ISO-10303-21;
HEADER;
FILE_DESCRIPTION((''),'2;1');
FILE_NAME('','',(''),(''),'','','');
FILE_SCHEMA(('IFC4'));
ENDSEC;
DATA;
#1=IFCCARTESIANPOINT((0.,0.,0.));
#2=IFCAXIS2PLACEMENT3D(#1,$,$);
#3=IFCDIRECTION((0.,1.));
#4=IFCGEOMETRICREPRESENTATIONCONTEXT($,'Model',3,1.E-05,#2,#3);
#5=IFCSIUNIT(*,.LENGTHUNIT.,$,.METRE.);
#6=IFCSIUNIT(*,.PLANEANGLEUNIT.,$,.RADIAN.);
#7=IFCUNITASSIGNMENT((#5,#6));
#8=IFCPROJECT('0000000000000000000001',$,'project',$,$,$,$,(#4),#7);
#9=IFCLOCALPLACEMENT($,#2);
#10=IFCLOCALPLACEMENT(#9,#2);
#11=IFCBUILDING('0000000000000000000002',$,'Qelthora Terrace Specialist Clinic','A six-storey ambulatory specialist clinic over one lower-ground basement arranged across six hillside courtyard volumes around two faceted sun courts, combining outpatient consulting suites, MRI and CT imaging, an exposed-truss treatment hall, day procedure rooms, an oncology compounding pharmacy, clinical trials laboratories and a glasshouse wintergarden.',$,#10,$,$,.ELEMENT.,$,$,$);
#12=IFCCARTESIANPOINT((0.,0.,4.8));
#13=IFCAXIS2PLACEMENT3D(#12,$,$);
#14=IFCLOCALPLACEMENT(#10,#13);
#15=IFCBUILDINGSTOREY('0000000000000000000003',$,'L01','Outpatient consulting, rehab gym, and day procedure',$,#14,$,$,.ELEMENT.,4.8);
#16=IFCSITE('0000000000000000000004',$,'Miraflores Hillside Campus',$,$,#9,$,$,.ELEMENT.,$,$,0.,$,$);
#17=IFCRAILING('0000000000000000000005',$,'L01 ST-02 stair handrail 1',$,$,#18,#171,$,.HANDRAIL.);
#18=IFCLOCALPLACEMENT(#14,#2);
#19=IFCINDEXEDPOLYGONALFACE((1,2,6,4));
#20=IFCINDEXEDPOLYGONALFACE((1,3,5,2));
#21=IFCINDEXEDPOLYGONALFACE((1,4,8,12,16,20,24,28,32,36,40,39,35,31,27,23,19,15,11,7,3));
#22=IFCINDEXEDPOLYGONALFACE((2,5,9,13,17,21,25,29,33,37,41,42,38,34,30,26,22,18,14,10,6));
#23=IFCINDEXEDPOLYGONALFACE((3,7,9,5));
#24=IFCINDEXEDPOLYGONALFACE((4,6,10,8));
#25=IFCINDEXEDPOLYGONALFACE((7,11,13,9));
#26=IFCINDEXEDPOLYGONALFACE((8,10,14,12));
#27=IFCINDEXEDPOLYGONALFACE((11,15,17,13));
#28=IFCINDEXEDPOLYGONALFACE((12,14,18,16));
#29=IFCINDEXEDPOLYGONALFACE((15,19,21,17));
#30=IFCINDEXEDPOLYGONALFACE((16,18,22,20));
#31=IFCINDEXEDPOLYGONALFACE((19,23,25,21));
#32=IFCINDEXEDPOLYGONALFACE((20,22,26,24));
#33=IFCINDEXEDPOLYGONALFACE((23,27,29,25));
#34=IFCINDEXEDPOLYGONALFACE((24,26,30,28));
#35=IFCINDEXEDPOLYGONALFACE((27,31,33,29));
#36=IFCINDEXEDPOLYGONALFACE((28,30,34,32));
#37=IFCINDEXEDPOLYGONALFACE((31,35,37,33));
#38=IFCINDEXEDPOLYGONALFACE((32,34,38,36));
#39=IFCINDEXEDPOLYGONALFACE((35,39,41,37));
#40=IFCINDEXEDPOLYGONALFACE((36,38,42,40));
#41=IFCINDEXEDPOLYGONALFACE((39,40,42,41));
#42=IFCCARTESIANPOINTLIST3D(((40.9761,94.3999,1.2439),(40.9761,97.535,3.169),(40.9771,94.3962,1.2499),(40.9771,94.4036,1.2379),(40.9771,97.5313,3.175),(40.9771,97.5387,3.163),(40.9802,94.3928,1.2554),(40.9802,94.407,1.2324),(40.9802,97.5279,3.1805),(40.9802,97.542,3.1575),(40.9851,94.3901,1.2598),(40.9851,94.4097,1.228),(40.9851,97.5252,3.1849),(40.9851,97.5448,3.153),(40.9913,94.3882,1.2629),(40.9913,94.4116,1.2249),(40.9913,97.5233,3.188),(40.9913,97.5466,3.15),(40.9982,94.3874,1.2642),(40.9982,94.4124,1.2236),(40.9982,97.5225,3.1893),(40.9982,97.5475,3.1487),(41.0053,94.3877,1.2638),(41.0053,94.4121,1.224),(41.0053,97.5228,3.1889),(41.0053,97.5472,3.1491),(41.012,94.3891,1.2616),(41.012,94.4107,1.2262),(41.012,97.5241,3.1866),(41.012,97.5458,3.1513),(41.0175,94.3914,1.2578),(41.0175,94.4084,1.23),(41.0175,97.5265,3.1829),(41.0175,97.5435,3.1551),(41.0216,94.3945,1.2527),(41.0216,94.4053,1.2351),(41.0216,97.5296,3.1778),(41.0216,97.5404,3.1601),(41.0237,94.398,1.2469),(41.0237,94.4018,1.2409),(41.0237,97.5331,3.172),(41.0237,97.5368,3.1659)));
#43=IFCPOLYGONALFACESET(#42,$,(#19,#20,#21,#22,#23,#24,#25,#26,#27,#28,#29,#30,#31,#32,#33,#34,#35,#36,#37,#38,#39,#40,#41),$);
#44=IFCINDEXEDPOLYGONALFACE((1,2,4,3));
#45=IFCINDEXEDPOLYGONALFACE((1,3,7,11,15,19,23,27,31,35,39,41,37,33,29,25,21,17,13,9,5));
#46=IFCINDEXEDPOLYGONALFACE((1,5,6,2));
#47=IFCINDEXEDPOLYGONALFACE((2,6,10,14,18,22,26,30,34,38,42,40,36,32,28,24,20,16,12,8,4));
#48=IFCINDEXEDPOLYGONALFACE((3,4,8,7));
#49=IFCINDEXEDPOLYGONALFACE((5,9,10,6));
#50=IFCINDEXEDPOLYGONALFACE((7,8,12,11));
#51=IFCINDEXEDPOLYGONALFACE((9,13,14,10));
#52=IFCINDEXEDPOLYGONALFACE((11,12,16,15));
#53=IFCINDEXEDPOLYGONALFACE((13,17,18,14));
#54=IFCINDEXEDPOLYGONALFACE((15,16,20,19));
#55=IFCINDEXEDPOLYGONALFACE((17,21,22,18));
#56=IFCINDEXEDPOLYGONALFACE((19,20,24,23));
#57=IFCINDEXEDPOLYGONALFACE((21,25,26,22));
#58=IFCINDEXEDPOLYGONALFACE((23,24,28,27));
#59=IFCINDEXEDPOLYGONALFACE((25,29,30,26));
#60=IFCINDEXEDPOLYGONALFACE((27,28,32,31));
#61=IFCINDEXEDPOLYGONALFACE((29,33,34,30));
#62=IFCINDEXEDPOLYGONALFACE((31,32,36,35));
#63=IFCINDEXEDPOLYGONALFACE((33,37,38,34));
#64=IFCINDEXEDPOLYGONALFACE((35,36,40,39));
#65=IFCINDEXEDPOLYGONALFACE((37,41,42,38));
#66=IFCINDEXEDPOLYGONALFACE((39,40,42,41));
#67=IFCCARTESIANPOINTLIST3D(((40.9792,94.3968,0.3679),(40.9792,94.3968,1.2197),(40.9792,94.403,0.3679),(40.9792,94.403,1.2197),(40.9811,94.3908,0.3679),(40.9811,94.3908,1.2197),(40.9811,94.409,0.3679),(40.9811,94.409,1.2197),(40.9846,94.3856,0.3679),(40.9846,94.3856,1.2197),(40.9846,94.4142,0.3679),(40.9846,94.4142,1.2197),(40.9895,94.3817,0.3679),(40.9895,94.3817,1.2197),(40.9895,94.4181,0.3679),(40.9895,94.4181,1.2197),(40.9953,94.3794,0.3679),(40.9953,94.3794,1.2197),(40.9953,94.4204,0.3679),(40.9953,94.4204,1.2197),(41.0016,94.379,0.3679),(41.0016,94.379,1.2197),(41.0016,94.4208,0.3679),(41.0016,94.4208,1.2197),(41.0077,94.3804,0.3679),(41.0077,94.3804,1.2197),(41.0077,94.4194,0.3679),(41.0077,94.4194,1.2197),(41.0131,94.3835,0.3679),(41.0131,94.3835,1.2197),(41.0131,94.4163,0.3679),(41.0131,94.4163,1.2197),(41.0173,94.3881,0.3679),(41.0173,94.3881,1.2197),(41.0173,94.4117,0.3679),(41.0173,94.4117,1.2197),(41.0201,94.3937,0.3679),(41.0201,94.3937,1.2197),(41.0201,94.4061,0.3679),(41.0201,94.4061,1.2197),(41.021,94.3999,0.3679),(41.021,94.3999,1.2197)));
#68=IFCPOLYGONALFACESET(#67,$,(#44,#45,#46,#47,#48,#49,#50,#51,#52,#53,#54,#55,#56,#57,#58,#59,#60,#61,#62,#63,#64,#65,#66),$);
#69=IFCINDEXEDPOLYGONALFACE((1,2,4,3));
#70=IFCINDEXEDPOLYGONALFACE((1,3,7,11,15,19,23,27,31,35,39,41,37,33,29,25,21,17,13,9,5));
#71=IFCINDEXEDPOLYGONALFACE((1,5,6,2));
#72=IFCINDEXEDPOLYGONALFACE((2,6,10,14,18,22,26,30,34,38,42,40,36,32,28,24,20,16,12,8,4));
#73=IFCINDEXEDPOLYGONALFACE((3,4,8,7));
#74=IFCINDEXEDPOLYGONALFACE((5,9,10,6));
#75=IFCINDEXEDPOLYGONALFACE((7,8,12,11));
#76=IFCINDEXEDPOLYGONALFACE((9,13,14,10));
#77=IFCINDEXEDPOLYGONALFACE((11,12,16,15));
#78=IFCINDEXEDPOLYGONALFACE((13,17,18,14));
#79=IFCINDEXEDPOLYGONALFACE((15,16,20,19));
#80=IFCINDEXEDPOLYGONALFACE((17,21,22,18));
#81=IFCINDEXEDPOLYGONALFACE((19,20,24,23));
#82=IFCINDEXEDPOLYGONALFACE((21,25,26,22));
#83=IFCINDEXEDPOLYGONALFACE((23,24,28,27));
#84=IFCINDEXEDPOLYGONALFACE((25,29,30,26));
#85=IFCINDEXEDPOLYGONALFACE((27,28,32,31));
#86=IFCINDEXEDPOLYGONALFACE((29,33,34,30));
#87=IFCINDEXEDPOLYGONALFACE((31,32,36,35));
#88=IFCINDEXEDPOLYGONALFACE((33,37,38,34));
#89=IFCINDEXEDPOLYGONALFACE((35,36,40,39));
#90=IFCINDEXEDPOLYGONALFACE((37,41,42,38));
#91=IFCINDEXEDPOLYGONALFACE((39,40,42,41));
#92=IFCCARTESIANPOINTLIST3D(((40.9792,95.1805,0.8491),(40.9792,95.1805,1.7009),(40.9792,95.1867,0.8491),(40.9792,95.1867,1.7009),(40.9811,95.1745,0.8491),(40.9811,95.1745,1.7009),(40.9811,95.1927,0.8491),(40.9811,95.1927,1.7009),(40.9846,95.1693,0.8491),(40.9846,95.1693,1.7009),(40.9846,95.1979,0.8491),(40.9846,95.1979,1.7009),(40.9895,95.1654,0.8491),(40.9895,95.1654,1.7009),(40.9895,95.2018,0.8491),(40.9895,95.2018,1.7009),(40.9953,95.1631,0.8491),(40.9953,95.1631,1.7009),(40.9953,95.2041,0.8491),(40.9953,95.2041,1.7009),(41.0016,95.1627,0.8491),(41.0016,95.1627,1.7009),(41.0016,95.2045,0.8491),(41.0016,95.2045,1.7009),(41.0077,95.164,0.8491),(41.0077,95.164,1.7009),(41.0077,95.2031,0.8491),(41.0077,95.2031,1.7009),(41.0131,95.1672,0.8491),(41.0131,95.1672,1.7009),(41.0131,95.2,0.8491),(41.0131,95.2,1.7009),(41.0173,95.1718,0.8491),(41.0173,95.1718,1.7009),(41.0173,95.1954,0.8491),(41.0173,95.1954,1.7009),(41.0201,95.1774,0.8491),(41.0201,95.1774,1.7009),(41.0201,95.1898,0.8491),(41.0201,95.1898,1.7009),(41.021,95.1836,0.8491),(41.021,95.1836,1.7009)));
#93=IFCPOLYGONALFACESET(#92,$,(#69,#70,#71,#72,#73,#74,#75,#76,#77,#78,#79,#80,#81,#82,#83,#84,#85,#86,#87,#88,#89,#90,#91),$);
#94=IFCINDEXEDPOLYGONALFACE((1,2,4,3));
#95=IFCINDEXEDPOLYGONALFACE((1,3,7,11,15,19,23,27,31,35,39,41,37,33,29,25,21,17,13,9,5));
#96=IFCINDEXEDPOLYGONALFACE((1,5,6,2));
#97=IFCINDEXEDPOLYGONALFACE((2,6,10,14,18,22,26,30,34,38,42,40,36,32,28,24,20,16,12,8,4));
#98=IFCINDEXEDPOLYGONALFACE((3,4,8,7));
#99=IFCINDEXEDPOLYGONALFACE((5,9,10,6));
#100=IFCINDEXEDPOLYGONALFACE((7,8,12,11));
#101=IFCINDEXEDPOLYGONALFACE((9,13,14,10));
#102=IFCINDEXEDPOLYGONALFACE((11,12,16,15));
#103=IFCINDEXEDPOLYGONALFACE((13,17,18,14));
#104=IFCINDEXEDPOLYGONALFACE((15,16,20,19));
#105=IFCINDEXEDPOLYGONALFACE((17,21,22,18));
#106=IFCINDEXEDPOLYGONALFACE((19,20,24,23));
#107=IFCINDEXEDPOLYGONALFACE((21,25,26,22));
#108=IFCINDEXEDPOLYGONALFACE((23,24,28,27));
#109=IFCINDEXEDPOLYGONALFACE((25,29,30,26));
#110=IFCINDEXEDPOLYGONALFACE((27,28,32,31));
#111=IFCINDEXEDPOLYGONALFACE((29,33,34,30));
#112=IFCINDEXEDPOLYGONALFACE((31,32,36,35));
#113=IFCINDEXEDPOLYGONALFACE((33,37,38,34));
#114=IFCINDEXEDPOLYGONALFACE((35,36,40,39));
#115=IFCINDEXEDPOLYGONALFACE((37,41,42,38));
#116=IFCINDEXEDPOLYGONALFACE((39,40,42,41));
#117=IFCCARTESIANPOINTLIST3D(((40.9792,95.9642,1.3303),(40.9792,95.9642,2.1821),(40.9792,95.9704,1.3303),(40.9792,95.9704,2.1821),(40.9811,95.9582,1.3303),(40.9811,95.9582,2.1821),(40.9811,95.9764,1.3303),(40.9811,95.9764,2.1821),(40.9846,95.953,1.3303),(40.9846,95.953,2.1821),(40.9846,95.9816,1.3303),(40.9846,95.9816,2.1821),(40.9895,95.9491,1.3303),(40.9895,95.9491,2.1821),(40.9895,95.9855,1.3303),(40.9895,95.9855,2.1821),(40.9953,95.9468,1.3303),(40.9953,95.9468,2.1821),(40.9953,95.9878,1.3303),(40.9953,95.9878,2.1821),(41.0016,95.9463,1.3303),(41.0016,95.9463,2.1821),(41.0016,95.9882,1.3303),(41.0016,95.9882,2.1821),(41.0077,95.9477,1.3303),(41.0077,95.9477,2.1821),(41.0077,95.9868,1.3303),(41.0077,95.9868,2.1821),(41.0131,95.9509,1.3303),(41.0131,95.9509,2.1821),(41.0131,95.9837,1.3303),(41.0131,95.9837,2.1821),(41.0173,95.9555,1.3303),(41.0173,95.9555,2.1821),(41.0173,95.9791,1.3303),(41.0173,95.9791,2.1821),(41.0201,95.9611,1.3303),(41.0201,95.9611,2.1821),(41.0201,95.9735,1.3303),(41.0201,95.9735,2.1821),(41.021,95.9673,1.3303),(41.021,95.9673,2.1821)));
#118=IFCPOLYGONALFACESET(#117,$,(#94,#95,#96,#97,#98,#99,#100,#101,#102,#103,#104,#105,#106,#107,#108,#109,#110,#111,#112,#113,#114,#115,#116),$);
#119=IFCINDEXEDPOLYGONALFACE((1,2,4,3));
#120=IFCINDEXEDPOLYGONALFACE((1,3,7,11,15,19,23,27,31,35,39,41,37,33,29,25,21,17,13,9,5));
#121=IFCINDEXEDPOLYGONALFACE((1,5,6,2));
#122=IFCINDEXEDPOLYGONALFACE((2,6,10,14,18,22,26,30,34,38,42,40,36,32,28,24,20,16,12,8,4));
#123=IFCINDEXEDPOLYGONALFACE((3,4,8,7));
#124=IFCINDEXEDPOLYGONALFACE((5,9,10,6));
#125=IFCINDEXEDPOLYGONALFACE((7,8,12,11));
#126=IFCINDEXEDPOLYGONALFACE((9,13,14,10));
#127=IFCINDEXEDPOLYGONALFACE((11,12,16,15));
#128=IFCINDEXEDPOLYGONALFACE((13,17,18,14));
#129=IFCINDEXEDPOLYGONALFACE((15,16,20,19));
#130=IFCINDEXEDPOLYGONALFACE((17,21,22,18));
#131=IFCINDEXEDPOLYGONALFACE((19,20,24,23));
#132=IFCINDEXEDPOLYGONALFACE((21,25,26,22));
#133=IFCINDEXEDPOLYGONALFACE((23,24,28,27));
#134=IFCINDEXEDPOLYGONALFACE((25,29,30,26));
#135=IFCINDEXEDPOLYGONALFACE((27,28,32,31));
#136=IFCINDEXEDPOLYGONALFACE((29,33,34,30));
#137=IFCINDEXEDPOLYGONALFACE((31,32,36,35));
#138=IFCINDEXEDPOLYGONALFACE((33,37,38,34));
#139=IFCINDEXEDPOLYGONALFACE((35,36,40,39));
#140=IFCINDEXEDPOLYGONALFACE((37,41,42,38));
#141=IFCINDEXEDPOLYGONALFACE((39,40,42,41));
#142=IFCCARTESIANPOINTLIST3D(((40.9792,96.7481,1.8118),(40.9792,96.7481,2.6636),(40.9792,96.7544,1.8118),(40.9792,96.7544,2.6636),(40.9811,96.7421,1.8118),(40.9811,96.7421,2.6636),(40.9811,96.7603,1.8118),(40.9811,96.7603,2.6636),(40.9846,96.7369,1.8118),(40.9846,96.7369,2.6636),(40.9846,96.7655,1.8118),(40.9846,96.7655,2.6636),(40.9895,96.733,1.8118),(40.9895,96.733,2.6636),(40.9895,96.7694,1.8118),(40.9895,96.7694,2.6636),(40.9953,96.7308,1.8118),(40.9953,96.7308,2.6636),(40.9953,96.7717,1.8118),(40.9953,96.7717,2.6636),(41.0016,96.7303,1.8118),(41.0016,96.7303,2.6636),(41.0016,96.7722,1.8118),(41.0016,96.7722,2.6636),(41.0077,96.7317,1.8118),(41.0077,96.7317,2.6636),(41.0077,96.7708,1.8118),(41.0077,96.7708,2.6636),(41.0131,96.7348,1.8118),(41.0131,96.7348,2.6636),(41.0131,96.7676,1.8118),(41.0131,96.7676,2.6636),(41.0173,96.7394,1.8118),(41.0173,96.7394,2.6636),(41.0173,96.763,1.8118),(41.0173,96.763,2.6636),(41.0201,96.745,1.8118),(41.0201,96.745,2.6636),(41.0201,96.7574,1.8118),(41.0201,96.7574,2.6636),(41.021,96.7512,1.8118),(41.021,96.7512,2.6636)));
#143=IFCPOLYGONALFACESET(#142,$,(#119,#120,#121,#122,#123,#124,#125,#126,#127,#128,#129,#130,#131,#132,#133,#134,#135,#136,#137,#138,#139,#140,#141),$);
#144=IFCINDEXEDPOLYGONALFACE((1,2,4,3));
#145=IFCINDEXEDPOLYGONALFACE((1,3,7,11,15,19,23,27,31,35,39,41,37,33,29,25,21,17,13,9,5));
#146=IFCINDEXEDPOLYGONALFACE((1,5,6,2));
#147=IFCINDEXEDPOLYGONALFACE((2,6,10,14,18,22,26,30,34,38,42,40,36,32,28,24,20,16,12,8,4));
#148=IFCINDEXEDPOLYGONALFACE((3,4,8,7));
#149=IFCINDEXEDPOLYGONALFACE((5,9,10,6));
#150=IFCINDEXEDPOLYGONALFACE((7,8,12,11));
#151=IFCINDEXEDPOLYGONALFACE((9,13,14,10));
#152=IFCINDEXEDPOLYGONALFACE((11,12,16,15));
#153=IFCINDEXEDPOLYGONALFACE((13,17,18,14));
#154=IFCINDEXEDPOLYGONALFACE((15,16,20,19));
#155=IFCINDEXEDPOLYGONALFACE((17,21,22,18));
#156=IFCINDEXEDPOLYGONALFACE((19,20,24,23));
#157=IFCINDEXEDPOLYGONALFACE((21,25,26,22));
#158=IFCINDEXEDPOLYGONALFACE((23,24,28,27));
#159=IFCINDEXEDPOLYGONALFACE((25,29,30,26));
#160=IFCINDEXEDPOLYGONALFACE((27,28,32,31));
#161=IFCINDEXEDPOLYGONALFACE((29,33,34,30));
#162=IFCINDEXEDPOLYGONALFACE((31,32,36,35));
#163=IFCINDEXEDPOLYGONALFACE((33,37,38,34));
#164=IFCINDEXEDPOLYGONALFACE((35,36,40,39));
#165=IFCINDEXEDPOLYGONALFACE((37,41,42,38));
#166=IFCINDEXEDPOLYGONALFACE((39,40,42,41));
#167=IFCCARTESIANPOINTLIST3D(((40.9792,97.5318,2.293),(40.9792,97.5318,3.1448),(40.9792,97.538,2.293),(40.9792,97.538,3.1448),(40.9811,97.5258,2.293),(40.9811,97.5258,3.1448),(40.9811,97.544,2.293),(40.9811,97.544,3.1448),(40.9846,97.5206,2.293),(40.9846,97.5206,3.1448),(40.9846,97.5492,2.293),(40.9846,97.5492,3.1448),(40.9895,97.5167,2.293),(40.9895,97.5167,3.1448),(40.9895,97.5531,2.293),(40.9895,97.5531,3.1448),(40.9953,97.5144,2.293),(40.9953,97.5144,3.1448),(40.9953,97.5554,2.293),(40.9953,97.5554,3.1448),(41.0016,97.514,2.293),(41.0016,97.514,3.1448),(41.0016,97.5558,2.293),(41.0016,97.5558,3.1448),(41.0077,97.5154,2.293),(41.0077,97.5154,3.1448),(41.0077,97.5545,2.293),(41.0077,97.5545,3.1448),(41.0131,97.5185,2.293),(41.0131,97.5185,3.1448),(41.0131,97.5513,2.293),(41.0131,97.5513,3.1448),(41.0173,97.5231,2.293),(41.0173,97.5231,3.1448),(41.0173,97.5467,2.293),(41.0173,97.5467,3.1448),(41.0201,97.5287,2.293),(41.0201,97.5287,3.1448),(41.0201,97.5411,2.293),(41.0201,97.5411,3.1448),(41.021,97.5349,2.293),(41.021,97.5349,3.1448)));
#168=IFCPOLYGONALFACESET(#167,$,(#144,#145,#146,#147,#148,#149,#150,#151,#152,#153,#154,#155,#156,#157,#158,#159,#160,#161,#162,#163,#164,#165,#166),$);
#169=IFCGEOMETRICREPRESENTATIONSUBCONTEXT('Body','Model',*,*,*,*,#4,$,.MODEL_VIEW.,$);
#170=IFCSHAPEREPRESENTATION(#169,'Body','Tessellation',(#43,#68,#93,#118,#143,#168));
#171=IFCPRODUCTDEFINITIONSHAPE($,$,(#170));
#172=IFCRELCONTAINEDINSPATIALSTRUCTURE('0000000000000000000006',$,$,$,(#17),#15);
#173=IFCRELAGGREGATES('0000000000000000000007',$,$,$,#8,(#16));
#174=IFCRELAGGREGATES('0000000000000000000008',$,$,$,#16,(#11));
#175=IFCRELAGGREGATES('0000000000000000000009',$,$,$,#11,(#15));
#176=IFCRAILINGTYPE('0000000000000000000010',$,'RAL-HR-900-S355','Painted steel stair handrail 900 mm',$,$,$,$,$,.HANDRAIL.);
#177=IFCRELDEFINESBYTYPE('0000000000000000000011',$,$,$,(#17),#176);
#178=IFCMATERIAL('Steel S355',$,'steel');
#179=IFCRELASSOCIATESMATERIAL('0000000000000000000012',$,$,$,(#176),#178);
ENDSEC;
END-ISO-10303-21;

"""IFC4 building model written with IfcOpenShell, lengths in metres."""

from ifc_helpers import new_model, si_unit, direction, frame, origin, origin_2d, place, context, subcontext, project, spatial, circle, extrude, material, type_object, element, save


model = new_model("IFC4")

# Units and contexts
model_context = context("Model", 3, precision=1e-05, world=origin(), true_north=direction((0.0, 1.0)))
body_context = subcontext(model_context, "Body", "Model", "MODEL_VIEW")
ifc_project = project(units=[si_unit("LENGTHUNIT", "METRE"), si_unit("PLANEANGLEUNIT", "RADIAN")], contexts=[model_context])

# Site, building, storey
site_placement = place(None, origin())
site = spatial("IfcSite", under=ifc_project, at=site_placement, Name="Miraflores Hillside Campus", CompositionType="ELEMENT", RefElevation=0.0)
building_placement = place(site_placement, origin())
building = spatial("IfcBuilding", under=site, at=building_placement, Name="Qelthora Terrace Specialist Clinic", Description="A six-storey ambulatory specialist clinic over one lower-ground basement arranged across six hillside courtyard volumes around two faceted sun courts, combining outpatient consulting suites, MRI and CT imaging, an exposed-truss treatment hall, day procedure rooms, an oncology compounding pharmacy, clinical trials laboratories and a glasshouse wintergarden.", CompositionType="ELEMENT")
storey_placement = place(building_placement, frame((0.0, 0.0, 4.8)))
storey = spatial("IfcBuildingStorey", under=building, at=storey_placement, Name="L01", Description="Outpatient consulting, rehab gym, and day procedure", CompositionType="ELEMENT", Elevation=4.8)

# Shared definitions
ifc_material_1 = material(Name="Steel S355", Category="steel")

# Railing
railing_type_1 = type_object("IfcRailingType", Name="RAL-HR-900-S355", Description="Painted steel stair handrail 900 mm", PredefinedType="HANDRAIL", material=ifc_material_1)
railing_1_placement = place(storey_placement, frame((41.0, 94.3999, 0.3679)))
element("IfcRailing", 1, at=railing_1_placement, inside=storey, type_object=railing_type_1, Name="L01 ST-02 stair handrail 1", PredefinedType="HANDRAIL", context=body_context, shape_type="SweptSolid", body=[
    extrude(circle(Radius=0.0239, at=origin_2d()), frame((0.0, 0.0, 0.876), z_axis=(0.0, 0.852166, 0.523271), x_axis=(-1.0, 0.0, 0.0)), (0.0, 0.0, 1.0), 3.679),
    extrude(circle(Radius=0.021, at=origin_2d()), origin(), (0.0, 0.0, 1.0), 0.8518),
    extrude(circle(Radius=0.021, at=origin_2d()), frame((0.0, 0.7837, 0.4812)), (0.0, 0.0, 1.0), 0.8518),
    extrude(circle(Radius=0.021, at=origin_2d()), frame((0.0, 1.5674, 0.9624)), (0.0, 0.0, 1.0), 0.8518),
    extrude(circle(Radius=0.021, at=origin_2d()), frame((0.0, 2.3513, 1.4438)), (0.0, 0.0, 1.0), 0.8518),
    extrude(circle(Radius=0.021, at=origin_2d()), frame((0.0, 3.135, 1.925)), (0.0, 0.0, 1.0), 0.8518),
])

save(model, "model.ifc")
